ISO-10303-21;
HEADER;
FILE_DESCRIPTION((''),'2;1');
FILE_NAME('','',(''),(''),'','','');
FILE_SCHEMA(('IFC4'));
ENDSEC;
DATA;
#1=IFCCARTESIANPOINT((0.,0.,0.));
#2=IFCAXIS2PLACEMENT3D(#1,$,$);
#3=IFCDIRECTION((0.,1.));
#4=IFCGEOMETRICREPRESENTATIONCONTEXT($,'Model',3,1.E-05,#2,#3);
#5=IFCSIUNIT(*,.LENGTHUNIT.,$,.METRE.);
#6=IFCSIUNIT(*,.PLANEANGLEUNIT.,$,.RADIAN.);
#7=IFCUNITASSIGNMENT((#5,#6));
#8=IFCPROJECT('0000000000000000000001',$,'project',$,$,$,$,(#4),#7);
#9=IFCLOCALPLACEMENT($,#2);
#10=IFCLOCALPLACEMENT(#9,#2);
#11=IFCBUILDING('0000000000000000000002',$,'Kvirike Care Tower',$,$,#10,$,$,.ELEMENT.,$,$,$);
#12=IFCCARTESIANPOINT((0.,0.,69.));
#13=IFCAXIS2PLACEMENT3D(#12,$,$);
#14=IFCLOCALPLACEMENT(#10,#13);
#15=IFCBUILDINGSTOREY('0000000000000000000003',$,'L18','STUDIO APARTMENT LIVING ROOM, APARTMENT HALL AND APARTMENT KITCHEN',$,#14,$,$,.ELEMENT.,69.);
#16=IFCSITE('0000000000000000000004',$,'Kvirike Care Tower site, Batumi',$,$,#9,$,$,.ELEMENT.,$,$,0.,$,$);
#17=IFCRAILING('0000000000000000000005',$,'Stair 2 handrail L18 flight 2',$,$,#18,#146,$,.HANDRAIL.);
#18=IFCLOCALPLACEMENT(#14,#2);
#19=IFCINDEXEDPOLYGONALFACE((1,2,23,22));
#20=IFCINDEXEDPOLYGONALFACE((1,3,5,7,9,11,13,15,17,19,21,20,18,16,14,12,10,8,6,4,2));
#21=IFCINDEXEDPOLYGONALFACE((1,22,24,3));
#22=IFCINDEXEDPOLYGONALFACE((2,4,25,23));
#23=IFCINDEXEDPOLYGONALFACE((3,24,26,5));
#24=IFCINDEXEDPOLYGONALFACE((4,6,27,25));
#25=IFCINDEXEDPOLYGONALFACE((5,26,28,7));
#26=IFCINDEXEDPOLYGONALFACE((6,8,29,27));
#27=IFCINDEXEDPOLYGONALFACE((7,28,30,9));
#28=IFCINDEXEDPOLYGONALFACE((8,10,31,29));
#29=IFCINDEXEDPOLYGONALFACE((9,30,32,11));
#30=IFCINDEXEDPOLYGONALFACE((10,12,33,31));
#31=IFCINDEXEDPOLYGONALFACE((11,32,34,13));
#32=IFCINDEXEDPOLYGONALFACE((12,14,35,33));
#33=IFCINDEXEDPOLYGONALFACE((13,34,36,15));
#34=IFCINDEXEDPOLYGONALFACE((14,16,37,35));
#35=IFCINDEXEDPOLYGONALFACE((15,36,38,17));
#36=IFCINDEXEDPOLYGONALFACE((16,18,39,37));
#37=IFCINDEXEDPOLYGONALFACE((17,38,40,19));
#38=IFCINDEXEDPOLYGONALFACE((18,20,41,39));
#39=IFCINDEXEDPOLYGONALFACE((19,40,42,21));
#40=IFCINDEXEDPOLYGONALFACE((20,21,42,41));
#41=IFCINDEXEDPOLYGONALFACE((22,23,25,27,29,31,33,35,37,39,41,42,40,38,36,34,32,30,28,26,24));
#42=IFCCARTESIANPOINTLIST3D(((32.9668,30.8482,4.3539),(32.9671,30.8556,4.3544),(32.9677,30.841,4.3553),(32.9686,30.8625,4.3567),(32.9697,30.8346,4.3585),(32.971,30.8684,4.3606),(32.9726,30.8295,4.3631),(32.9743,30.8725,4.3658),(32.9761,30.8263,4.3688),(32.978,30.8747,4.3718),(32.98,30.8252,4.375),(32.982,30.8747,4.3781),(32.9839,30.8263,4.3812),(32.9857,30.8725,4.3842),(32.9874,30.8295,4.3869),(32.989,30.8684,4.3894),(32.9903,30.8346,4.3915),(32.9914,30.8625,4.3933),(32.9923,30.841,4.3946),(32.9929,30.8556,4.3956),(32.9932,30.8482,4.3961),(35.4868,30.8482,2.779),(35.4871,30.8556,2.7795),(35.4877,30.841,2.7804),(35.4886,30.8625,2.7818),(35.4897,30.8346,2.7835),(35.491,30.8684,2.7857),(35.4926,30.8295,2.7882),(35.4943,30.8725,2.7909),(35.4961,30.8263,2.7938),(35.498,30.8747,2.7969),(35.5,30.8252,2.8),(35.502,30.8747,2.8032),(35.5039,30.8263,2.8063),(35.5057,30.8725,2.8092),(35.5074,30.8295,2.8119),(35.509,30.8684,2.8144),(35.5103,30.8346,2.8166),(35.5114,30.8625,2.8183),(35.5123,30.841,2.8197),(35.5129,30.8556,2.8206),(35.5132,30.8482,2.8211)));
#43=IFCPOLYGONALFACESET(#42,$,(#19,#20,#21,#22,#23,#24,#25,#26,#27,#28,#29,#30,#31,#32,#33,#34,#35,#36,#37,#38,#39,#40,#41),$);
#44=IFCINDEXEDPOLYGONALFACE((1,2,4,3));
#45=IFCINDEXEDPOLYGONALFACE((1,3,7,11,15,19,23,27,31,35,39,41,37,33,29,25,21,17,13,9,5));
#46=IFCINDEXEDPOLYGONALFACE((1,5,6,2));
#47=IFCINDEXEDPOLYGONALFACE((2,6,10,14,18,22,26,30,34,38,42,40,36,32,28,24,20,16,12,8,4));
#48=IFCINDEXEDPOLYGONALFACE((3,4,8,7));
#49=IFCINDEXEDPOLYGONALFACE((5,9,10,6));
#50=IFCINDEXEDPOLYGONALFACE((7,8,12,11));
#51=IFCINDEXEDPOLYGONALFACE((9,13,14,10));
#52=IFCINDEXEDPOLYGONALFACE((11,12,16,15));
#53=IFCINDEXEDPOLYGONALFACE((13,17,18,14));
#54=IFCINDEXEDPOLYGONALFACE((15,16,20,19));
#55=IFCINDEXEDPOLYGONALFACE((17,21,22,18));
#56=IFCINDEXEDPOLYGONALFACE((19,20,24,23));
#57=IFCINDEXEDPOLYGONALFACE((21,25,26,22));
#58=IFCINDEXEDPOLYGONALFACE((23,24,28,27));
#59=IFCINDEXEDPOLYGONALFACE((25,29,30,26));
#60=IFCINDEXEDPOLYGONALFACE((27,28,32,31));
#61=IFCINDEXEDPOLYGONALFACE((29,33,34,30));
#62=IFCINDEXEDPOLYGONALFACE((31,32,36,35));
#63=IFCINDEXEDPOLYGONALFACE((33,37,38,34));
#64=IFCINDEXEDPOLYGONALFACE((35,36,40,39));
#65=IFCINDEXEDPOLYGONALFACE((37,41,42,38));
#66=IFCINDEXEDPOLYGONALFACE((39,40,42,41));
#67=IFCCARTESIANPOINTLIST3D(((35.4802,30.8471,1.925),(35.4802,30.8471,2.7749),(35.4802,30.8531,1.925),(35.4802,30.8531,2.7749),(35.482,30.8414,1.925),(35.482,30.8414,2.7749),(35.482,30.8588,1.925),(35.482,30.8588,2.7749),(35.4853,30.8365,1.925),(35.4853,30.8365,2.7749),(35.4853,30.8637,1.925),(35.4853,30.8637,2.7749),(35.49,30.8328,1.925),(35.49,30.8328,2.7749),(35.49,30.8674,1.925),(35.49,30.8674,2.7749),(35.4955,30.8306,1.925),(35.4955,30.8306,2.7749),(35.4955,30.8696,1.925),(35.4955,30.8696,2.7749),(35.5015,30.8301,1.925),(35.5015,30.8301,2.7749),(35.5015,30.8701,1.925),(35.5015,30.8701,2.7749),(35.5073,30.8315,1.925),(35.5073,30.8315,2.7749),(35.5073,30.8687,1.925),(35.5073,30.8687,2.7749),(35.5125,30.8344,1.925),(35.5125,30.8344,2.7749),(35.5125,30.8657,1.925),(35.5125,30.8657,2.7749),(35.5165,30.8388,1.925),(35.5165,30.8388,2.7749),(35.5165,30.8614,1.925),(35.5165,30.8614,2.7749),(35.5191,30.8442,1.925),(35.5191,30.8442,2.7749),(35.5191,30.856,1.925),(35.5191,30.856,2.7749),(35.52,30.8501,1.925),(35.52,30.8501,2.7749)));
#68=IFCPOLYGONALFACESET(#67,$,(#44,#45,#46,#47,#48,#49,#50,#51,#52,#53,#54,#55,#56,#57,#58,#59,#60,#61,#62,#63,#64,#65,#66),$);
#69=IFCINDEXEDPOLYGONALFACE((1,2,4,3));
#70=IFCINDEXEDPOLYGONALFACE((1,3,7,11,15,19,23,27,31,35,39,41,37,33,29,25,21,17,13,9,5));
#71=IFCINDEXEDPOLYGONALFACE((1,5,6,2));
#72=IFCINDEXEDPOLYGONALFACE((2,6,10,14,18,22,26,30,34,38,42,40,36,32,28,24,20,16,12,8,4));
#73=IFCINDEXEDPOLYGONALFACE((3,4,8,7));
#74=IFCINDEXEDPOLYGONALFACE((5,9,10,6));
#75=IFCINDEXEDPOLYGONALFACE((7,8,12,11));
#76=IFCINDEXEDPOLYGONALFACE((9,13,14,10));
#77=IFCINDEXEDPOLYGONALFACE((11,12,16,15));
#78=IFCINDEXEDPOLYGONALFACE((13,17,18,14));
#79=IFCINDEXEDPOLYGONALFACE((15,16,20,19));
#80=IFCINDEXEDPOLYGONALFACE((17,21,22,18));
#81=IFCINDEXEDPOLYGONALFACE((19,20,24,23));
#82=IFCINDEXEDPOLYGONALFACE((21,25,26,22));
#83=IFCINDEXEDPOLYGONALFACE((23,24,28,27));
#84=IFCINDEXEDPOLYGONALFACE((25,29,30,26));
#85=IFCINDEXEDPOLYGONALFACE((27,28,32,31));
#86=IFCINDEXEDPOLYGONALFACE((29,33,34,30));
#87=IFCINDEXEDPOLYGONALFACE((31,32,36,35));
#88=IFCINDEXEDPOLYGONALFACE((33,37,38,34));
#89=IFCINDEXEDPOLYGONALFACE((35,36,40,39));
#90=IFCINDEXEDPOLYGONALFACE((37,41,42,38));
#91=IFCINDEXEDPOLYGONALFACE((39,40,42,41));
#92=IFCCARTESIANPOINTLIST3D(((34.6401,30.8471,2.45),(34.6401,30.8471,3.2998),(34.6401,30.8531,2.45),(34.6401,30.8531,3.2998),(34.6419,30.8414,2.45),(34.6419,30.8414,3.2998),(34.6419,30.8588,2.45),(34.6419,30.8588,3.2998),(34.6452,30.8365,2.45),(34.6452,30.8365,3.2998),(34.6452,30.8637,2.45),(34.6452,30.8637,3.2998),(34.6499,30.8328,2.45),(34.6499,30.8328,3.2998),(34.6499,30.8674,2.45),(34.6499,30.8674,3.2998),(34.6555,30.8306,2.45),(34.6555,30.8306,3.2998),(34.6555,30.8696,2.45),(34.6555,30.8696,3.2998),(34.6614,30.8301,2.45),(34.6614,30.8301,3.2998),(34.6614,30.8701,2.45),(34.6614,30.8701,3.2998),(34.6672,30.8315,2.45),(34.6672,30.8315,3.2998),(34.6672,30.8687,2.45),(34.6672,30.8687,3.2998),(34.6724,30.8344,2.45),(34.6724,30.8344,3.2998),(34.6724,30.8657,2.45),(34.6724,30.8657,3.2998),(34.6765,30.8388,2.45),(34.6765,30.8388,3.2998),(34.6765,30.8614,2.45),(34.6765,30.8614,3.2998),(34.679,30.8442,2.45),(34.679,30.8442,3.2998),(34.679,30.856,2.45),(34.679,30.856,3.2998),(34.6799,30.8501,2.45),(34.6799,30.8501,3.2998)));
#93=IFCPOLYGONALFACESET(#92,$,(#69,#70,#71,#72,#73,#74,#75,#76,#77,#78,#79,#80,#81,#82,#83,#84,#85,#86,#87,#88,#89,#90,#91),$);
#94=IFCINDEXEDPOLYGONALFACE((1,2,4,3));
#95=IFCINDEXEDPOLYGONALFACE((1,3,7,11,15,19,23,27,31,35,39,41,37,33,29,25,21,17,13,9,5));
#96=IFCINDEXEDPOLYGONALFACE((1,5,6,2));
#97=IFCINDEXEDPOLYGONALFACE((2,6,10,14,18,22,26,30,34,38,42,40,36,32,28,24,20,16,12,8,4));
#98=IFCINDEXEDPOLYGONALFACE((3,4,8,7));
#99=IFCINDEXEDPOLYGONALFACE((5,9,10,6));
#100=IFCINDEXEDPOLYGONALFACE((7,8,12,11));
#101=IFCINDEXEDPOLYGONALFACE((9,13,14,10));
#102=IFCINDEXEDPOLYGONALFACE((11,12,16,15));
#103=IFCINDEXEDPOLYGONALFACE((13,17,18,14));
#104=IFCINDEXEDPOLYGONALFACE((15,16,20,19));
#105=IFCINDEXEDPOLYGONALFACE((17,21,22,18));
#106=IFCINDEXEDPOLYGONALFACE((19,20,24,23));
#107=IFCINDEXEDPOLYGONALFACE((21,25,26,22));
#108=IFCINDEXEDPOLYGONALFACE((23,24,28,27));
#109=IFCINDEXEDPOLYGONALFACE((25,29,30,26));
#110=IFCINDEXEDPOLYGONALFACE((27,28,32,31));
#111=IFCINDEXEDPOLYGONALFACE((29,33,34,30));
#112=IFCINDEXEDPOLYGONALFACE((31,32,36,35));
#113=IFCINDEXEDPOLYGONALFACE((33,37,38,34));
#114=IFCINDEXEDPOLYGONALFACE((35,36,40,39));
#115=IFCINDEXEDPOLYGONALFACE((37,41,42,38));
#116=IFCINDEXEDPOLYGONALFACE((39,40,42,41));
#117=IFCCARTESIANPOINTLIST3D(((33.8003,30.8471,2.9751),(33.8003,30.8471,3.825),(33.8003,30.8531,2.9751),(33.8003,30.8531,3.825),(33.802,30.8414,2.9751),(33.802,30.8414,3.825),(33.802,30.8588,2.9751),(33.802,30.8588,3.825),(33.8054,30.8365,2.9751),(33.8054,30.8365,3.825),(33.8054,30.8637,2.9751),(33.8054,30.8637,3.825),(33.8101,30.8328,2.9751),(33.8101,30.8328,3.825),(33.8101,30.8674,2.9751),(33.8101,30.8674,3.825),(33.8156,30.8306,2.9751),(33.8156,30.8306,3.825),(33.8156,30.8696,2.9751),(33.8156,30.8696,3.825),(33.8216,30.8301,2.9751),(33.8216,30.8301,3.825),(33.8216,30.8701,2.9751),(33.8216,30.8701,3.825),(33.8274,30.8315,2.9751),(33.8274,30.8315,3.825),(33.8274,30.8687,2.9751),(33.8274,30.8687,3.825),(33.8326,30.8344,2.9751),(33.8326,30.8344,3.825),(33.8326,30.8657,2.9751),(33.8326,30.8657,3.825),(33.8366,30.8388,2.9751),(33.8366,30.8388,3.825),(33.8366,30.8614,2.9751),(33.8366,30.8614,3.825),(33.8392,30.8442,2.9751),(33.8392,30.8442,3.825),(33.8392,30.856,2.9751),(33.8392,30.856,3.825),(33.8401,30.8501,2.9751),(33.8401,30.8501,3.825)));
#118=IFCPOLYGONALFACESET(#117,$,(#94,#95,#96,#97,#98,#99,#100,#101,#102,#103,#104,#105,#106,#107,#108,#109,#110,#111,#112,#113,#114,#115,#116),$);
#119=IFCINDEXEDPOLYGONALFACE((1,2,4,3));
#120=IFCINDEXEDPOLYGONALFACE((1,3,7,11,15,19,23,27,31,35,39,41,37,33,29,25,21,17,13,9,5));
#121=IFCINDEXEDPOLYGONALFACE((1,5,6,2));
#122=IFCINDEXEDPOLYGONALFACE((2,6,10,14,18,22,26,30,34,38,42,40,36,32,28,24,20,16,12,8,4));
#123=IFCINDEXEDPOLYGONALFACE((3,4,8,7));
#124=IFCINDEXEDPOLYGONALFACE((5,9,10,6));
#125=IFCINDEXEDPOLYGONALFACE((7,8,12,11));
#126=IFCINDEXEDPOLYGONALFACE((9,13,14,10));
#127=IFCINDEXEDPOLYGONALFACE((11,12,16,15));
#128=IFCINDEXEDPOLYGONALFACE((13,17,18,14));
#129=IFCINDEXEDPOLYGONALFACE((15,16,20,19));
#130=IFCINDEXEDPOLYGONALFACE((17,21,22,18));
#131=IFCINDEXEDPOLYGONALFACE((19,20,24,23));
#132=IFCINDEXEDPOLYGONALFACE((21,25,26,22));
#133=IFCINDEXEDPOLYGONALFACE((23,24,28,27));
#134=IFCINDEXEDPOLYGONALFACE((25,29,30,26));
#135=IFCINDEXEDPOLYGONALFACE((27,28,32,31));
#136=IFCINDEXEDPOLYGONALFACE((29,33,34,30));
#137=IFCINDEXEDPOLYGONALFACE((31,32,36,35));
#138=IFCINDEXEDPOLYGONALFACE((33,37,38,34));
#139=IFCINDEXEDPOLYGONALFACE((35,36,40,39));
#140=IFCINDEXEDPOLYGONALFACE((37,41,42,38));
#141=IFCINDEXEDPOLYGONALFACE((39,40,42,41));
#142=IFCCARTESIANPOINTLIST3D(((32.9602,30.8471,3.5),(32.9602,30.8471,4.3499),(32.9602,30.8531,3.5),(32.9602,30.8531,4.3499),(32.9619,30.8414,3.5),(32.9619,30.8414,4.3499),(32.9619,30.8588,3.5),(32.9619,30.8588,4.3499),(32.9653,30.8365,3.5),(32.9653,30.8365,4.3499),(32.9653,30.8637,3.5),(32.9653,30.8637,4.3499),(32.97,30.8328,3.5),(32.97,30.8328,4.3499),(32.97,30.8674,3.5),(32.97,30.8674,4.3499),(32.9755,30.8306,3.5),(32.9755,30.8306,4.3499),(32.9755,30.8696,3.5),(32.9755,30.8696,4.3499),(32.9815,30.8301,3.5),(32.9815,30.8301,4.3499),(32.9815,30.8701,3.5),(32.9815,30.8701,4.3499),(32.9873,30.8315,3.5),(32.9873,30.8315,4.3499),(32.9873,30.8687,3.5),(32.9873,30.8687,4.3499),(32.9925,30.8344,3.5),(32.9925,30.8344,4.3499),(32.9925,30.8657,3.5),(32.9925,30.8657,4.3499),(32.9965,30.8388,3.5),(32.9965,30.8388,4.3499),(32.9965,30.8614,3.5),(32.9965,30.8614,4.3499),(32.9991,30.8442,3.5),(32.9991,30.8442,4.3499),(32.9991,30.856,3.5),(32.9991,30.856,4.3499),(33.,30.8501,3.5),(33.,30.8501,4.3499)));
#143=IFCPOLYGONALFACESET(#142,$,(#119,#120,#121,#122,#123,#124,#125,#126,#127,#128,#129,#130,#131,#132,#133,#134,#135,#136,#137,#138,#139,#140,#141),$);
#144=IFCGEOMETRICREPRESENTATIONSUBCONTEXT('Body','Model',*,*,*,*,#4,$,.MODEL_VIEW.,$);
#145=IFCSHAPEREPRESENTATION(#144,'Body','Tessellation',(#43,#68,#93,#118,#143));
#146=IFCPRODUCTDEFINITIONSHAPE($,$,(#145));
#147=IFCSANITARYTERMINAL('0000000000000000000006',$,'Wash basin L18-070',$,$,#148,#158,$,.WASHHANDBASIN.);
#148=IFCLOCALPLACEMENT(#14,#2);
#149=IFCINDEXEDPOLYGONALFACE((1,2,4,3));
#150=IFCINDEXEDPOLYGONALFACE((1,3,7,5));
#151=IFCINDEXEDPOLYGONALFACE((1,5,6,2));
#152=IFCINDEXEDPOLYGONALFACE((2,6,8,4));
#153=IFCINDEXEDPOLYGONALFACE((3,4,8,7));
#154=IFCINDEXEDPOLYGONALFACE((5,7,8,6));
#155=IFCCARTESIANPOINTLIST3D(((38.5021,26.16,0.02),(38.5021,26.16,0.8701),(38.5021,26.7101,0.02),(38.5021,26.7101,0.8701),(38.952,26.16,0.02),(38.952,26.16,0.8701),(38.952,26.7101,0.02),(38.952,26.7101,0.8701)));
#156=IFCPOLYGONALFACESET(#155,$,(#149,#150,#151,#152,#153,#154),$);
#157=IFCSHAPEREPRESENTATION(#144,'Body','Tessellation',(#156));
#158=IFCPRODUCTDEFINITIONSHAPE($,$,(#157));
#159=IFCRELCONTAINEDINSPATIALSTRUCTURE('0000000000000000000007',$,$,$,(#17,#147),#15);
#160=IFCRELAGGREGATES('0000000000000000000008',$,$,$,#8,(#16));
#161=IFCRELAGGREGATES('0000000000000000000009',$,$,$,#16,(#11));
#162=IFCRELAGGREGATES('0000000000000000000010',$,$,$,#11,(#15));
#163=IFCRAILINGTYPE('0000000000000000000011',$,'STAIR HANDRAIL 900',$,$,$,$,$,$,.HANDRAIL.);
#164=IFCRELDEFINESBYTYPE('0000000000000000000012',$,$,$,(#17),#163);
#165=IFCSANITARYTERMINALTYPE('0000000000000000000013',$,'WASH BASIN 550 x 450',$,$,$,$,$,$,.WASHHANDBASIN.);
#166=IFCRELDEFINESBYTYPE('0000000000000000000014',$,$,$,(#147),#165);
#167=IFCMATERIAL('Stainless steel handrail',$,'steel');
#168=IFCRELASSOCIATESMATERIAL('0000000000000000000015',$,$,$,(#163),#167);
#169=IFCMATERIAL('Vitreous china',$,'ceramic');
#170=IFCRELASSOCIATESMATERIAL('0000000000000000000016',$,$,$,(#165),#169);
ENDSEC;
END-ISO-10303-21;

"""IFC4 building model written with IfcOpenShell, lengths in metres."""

from ifc_helpers import new_model, si_unit, direction, frame, origin, origin_2d, place, context, subcontext, project, spatial, rectangle, circle, extrude, material, type_object, element, save


model = new_model("IFC4")

# Units and contexts
model_context = context("Model", 3, precision=1e-05, world=origin(), true_north=direction((0.0, 1.0)))
body_context = subcontext(model_context, "Body", "Model", "MODEL_VIEW")
ifc_project = project(units=[si_unit("LENGTHUNIT", "METRE"), si_unit("PLANEANGLEUNIT", "RADIAN")], contexts=[model_context])

# Site, building, storey
site_placement = place(None, origin())
site = spatial("IfcSite", under=ifc_project, at=site_placement, Name="Kvirike Care Tower site, Batumi", CompositionType="ELEMENT", RefElevation=0.0)
building_placement = place(site_placement, origin())
building = spatial("IfcBuilding", under=site, at=building_placement, Name="Kvirike Care Tower", CompositionType="ELEMENT")
storey_placement = place(building_placement, frame((0.0, 0.0, 69.0)))
storey = spatial("IfcBuildingStorey", under=building, at=storey_placement, Name="L18", Description="STUDIO APARTMENT LIVING ROOM, APARTMENT HALL AND APARTMENT KITCHEN", CompositionType="ELEMENT", Elevation=69.0)

# Railing
ifc_material_1 = material(Name="Stainless steel handrail", Category="steel")
railing_type = type_object("IfcRailingType", Name="STAIR HANDRAIL 900", PredefinedType="HANDRAIL", material=ifc_material_1)
railing_placement = place(storey_placement, frame((35.5, 30.8501, 1.925)))
element("IfcRailing", 1, at=railing_placement, inside=storey, type_object=railing_type, Name="Stair 2 handrail L18 flight 2", PredefinedType="HANDRAIL", context=body_context, shape_type="SweptSolid", body=[
    extrude(circle(Radius=0.0249, at=origin_2d()), frame((0.0, 0.0, 0.875), z_axis=(-0.848008, 0.0, 0.529984), x_axis=(0.0, -1.0, 0.0)), (0.0, 0.0, 1.0), 2.9717),
    extrude(circle(Radius=0.02, at=origin_2d()), origin(), (0.0, 0.0, 1.0), 0.8499),
    extrude(circle(Radius=0.02, at=origin_2d()), frame((-0.8401, 0.0, 0.5249)), (0.0, 0.0, 1.0), 0.8499),
    extrude(circle(Radius=0.02, at=origin_2d()), frame((-1.6799, 0.0, 1.05)), (0.0, 0.0, 1.0), 0.8499),
    extrude(circle(Radius=0.02, at=origin_2d()), frame((-2.52, 0.0, 1.575)), (0.0, 0.0, 1.0), 0.8499),
])

# Sanitary terminal
ifc_material_2 = material(Name="Vitreous china", Category="ceramic")
sanitary_terminal_type = type_object("IfcSanitaryTerminalType", Name="WASH BASIN 550 x 450", PredefinedType="WASHHANDBASIN", material=ifc_material_2)
sanitary_terminal_placement = place(storey_placement, frame((38.7271, 26.4351, 0.02), z_axis=(0.0, 0.0, 1.0), x_axis=(0.0, 1.0, 0.0)))
element("IfcSanitaryTerminal", 2, at=sanitary_terminal_placement, inside=storey, type_object=sanitary_terminal_type, Name="Wash basin L18-070", PredefinedType="WASHHANDBASIN", context=body_context, shape_type="SweptSolid", body=[
    extrude(rectangle(XDim=0.55, YDim=0.45, at=origin_2d()), origin(), (0.0, 0.0, 1.0), 0.8501),
])

save(model, "model.ifc")
